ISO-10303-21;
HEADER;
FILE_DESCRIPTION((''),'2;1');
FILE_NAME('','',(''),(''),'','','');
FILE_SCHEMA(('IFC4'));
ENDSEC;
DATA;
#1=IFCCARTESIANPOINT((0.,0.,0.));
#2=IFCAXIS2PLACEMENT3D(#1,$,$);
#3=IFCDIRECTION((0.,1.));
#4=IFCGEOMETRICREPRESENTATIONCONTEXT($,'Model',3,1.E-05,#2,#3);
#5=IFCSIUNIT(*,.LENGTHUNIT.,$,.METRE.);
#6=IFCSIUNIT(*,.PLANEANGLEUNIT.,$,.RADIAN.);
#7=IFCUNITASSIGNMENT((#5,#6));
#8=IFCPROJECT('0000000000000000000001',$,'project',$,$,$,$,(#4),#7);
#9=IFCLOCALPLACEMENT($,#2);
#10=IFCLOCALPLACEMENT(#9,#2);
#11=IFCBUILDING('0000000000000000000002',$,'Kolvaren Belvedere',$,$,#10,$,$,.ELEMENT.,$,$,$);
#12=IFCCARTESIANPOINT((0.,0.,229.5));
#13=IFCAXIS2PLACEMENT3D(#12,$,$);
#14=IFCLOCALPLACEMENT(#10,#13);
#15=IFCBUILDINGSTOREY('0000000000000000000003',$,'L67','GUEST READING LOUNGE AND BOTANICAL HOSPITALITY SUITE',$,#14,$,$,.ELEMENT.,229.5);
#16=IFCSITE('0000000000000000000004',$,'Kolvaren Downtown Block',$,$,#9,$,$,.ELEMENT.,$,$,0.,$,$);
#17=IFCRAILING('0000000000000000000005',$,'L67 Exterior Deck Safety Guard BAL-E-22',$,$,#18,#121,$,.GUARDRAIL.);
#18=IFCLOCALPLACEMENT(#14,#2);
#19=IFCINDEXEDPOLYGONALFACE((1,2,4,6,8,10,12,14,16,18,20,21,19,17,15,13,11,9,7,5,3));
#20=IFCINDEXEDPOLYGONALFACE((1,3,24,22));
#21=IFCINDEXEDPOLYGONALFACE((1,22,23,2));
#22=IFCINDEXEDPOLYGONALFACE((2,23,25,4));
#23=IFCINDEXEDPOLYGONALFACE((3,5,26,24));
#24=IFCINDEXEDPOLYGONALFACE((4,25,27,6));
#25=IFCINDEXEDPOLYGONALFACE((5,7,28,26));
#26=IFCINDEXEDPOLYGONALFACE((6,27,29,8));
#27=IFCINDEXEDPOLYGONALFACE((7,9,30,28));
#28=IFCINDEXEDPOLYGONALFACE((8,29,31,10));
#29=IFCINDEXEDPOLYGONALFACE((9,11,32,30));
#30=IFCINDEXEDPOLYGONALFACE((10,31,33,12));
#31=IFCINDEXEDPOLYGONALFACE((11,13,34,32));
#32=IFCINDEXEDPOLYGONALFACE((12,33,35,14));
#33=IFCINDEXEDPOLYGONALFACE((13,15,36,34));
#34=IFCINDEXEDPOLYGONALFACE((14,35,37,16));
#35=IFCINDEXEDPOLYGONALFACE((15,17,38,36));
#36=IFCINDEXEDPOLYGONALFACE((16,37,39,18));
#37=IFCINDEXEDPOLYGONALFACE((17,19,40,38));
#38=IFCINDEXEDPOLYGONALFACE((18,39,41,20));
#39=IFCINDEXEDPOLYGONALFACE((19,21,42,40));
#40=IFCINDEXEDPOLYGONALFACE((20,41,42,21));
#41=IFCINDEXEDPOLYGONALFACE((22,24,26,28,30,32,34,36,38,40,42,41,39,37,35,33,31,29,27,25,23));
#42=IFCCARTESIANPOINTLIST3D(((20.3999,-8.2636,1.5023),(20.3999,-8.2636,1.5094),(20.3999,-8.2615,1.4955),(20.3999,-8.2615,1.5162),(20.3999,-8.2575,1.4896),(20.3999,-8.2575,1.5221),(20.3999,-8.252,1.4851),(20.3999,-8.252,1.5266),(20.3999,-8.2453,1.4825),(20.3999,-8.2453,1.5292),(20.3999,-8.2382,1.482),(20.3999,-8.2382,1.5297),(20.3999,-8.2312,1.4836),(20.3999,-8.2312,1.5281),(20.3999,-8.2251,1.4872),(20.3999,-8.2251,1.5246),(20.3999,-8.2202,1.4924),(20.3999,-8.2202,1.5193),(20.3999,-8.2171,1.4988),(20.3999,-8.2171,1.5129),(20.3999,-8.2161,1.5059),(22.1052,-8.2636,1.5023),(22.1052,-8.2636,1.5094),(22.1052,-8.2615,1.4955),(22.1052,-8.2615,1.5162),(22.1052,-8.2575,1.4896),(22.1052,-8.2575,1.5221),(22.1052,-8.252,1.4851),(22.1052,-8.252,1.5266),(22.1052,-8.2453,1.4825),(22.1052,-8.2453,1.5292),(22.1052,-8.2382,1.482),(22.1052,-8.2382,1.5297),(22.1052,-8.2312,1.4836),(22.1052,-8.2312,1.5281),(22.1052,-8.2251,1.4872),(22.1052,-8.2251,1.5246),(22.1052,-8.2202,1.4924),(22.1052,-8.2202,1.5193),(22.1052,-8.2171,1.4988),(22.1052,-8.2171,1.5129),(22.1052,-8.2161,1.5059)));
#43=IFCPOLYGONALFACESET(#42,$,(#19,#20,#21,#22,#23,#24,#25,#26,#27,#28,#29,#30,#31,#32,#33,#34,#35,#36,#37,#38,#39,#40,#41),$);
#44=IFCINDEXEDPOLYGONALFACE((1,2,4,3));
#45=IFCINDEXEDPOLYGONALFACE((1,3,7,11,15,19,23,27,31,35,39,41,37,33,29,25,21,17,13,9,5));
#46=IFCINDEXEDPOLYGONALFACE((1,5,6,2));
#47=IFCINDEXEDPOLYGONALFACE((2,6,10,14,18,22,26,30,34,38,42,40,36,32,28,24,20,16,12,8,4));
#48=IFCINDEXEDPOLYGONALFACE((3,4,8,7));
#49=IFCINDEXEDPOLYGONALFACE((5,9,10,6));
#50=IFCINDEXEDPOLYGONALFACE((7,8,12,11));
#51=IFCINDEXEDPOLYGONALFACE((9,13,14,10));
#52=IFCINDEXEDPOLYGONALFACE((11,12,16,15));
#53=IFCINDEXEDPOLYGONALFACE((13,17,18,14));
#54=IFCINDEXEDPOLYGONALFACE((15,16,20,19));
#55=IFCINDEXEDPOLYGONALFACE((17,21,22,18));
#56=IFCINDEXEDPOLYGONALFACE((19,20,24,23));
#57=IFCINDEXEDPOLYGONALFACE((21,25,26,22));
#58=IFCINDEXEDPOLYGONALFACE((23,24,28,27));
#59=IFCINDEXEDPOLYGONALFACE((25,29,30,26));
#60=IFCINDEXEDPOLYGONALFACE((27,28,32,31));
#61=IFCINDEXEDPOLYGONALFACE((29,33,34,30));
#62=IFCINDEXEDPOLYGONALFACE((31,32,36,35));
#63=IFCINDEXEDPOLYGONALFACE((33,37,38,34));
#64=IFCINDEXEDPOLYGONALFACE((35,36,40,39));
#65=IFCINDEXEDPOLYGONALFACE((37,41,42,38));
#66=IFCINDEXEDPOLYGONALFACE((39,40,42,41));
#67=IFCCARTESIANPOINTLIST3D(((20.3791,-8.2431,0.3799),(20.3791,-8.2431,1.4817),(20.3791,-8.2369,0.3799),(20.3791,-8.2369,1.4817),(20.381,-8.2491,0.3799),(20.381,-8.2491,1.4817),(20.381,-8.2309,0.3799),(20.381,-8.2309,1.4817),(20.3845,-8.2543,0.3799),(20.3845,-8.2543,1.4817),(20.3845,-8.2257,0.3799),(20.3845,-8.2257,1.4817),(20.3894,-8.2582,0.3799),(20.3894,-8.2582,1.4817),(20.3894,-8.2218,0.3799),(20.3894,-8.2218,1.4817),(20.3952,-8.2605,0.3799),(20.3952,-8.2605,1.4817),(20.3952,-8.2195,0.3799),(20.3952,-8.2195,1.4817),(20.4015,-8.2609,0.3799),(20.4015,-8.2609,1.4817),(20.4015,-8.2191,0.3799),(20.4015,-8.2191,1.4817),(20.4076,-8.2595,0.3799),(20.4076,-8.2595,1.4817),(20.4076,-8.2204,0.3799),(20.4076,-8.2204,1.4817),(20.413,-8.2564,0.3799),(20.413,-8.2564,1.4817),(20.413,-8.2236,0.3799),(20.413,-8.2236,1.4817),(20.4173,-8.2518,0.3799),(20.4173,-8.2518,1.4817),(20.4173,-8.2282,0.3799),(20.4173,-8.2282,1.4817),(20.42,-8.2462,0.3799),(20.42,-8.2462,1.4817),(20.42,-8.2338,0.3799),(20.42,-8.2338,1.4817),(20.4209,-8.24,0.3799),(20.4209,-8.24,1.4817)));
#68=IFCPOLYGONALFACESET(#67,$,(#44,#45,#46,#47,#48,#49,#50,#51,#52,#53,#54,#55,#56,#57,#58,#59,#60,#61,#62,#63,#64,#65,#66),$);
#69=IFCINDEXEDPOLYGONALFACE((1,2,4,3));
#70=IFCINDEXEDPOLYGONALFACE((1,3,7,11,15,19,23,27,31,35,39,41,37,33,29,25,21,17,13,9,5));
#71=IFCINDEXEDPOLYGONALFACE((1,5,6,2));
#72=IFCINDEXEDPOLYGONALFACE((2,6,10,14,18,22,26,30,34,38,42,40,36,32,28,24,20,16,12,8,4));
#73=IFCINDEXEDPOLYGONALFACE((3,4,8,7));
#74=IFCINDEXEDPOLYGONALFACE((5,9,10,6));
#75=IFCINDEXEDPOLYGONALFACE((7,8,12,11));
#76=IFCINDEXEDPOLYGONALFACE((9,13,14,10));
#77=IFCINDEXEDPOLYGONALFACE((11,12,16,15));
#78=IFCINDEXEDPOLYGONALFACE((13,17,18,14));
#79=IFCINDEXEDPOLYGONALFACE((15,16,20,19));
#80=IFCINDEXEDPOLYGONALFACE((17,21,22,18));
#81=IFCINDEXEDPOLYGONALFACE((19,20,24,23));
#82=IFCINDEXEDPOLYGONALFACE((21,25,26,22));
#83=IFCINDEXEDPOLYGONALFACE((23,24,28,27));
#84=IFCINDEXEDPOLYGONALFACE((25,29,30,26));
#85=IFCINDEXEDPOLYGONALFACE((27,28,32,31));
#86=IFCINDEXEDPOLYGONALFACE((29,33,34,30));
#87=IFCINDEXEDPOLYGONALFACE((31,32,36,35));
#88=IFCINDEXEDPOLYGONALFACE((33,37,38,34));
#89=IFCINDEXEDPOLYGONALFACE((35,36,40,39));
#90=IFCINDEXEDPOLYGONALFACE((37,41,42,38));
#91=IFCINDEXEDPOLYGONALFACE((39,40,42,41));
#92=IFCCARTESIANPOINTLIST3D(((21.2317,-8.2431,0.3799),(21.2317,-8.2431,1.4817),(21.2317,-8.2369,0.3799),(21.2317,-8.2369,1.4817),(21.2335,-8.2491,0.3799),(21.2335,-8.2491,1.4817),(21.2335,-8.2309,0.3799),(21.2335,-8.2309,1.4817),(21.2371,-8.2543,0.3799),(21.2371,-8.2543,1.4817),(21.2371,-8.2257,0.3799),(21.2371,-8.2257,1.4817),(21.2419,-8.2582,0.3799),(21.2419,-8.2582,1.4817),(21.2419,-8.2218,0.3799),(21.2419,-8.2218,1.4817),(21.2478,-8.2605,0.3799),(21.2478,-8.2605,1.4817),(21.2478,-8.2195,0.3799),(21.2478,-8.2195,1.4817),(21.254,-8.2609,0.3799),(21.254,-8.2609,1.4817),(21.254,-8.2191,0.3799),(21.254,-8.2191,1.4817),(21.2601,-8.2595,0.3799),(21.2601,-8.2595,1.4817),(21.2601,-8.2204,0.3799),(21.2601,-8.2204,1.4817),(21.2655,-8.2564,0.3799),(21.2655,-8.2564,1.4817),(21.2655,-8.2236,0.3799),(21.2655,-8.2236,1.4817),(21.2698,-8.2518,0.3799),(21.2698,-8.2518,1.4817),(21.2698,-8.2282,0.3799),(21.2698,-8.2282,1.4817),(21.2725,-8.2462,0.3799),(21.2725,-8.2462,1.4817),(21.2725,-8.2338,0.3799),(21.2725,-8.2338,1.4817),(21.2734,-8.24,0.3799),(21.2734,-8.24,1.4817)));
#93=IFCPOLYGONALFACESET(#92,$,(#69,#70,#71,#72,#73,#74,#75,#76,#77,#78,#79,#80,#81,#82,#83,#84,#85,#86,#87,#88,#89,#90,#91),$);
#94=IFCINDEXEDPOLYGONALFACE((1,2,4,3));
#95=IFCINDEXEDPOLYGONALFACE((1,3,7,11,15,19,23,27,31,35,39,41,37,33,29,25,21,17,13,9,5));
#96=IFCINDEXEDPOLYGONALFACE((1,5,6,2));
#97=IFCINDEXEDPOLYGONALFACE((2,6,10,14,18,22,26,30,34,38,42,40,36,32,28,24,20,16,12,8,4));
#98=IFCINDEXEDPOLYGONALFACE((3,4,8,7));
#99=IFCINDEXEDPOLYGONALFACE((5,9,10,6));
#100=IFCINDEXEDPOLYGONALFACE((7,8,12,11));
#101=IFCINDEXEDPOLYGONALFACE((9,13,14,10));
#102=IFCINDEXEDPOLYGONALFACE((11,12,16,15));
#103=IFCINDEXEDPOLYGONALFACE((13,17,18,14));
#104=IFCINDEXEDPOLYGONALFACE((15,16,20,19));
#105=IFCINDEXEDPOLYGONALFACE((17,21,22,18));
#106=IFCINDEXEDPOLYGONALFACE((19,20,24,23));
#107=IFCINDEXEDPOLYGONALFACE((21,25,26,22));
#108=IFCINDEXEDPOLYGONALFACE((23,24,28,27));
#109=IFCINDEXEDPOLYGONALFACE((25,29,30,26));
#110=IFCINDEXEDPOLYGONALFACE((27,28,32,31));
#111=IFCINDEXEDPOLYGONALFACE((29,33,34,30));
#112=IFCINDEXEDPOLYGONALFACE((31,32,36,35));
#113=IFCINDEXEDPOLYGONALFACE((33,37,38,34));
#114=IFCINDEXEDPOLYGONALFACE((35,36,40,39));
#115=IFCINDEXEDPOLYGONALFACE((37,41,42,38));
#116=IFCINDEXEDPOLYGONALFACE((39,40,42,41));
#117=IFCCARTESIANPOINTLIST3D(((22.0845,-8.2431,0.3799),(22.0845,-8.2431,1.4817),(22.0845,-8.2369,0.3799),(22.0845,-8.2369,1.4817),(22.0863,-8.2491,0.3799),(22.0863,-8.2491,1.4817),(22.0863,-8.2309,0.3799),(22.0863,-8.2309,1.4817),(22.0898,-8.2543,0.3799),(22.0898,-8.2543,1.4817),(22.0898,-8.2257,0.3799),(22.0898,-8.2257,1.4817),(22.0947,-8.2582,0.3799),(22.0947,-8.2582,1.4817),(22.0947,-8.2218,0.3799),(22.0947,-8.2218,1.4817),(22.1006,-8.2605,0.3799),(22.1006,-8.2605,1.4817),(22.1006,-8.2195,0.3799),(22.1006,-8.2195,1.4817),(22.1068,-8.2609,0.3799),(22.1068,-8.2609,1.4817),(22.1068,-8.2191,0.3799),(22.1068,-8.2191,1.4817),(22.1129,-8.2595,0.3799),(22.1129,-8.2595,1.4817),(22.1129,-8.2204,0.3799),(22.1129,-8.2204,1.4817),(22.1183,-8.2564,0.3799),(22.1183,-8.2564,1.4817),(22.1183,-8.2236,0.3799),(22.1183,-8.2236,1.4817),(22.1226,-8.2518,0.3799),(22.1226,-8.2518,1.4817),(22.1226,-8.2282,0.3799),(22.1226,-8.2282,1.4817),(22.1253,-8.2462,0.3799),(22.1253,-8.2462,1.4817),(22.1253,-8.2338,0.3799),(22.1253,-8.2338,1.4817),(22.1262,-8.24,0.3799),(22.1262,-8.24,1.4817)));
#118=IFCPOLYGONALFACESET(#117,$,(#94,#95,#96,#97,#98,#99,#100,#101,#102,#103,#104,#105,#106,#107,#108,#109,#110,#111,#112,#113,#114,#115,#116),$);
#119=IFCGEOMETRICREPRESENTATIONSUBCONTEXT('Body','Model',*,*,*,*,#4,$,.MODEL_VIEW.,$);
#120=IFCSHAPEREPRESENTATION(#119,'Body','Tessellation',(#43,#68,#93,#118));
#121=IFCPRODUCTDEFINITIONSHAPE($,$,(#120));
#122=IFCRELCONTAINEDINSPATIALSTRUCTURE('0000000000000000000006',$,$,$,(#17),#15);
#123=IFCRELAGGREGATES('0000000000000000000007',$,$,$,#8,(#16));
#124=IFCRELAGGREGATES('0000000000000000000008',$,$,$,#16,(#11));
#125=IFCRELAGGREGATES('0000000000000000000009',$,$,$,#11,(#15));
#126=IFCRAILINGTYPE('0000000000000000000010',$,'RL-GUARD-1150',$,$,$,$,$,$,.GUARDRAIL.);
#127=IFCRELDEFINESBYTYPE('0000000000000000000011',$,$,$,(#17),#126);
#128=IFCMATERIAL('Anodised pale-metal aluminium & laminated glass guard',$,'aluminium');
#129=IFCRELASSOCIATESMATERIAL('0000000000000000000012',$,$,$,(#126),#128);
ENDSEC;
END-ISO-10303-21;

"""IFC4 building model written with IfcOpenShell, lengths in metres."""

from ifc_helpers import new_model, si_unit, direction, frame, origin, origin_2d, place, context, subcontext, project, spatial, circle, extrude, material, type_object, element, save


model = new_model("IFC4")

# Units and contexts
model_context = context("Model", 3, precision=1e-05, world=origin(), true_north=direction((0.0, 1.0)))
body_context = subcontext(model_context, "Body", "Model", "MODEL_VIEW")
ifc_project = project(units=[si_unit("LENGTHUNIT", "METRE"), si_unit("PLANEANGLEUNIT", "RADIAN")], contexts=[model_context])

# Site, building, storey
site_placement = place(None, origin())
site = spatial("IfcSite", under=ifc_project, at=site_placement, Name="Kolvaren Downtown Block", CompositionType="ELEMENT", RefElevation=0.0)
building_placement = place(site_placement, origin())
building = spatial("IfcBuilding", under=site, at=building_placement, Name="Kolvaren Belvedere", CompositionType="ELEMENT")
storey_placement = place(building_placement, frame((0.0, 0.0, 229.5)))
storey = spatial("IfcBuildingStorey", under=building, at=storey_placement, Name="L67", Description="GUEST READING LOUNGE AND BOTANICAL HOSPITALITY SUITE", CompositionType="ELEMENT", Elevation=229.5)

# Railing
ifc_material_1 = material(Name="Anodised pale-metal aluminium & laminated glass guard", Category="aluminium")
railing_type = type_object("IfcRailingType", Name="RL-GUARD-1150", PredefinedType="GUARDRAIL", material=ifc_material_1)
railing_1_placement = place(storey_placement, frame((20.3999, -8.24, 0.3799)))
element("IfcRailing", 1, at=railing_1_placement, inside=storey, type_object=railing_type, Name="L67 Exterior Deck Safety Guard BAL-E-22", PredefinedType="GUARDRAIL", context=body_context, shape_type="SweptSolid", body=[
    extrude(circle(Radius=0.0239, at=origin_2d()), frame((0.0, 0.0, 1.126), z_axis=(1.0, 0.0, 0.0), x_axis=(0.0, 1.0, 0.0)), (0.0, 0.0, 1.0), 1.7053),
    extrude(circle(Radius=0.021, at=origin_2d()), origin(), (0.0, 0.0, 1.0), 1.1018),
    extrude(circle(Radius=0.021, at=origin_2d()), frame((0.8525, 0.0, 0.0)), (0.0, 0.0, 1.0), 1.1018),
    extrude(circle(Radius=0.021, at=origin_2d()), frame((1.7053, 0.0, 0.0)), (0.0, 0.0, 1.0), 1.1018),
])

save(model, "model.ifc")
